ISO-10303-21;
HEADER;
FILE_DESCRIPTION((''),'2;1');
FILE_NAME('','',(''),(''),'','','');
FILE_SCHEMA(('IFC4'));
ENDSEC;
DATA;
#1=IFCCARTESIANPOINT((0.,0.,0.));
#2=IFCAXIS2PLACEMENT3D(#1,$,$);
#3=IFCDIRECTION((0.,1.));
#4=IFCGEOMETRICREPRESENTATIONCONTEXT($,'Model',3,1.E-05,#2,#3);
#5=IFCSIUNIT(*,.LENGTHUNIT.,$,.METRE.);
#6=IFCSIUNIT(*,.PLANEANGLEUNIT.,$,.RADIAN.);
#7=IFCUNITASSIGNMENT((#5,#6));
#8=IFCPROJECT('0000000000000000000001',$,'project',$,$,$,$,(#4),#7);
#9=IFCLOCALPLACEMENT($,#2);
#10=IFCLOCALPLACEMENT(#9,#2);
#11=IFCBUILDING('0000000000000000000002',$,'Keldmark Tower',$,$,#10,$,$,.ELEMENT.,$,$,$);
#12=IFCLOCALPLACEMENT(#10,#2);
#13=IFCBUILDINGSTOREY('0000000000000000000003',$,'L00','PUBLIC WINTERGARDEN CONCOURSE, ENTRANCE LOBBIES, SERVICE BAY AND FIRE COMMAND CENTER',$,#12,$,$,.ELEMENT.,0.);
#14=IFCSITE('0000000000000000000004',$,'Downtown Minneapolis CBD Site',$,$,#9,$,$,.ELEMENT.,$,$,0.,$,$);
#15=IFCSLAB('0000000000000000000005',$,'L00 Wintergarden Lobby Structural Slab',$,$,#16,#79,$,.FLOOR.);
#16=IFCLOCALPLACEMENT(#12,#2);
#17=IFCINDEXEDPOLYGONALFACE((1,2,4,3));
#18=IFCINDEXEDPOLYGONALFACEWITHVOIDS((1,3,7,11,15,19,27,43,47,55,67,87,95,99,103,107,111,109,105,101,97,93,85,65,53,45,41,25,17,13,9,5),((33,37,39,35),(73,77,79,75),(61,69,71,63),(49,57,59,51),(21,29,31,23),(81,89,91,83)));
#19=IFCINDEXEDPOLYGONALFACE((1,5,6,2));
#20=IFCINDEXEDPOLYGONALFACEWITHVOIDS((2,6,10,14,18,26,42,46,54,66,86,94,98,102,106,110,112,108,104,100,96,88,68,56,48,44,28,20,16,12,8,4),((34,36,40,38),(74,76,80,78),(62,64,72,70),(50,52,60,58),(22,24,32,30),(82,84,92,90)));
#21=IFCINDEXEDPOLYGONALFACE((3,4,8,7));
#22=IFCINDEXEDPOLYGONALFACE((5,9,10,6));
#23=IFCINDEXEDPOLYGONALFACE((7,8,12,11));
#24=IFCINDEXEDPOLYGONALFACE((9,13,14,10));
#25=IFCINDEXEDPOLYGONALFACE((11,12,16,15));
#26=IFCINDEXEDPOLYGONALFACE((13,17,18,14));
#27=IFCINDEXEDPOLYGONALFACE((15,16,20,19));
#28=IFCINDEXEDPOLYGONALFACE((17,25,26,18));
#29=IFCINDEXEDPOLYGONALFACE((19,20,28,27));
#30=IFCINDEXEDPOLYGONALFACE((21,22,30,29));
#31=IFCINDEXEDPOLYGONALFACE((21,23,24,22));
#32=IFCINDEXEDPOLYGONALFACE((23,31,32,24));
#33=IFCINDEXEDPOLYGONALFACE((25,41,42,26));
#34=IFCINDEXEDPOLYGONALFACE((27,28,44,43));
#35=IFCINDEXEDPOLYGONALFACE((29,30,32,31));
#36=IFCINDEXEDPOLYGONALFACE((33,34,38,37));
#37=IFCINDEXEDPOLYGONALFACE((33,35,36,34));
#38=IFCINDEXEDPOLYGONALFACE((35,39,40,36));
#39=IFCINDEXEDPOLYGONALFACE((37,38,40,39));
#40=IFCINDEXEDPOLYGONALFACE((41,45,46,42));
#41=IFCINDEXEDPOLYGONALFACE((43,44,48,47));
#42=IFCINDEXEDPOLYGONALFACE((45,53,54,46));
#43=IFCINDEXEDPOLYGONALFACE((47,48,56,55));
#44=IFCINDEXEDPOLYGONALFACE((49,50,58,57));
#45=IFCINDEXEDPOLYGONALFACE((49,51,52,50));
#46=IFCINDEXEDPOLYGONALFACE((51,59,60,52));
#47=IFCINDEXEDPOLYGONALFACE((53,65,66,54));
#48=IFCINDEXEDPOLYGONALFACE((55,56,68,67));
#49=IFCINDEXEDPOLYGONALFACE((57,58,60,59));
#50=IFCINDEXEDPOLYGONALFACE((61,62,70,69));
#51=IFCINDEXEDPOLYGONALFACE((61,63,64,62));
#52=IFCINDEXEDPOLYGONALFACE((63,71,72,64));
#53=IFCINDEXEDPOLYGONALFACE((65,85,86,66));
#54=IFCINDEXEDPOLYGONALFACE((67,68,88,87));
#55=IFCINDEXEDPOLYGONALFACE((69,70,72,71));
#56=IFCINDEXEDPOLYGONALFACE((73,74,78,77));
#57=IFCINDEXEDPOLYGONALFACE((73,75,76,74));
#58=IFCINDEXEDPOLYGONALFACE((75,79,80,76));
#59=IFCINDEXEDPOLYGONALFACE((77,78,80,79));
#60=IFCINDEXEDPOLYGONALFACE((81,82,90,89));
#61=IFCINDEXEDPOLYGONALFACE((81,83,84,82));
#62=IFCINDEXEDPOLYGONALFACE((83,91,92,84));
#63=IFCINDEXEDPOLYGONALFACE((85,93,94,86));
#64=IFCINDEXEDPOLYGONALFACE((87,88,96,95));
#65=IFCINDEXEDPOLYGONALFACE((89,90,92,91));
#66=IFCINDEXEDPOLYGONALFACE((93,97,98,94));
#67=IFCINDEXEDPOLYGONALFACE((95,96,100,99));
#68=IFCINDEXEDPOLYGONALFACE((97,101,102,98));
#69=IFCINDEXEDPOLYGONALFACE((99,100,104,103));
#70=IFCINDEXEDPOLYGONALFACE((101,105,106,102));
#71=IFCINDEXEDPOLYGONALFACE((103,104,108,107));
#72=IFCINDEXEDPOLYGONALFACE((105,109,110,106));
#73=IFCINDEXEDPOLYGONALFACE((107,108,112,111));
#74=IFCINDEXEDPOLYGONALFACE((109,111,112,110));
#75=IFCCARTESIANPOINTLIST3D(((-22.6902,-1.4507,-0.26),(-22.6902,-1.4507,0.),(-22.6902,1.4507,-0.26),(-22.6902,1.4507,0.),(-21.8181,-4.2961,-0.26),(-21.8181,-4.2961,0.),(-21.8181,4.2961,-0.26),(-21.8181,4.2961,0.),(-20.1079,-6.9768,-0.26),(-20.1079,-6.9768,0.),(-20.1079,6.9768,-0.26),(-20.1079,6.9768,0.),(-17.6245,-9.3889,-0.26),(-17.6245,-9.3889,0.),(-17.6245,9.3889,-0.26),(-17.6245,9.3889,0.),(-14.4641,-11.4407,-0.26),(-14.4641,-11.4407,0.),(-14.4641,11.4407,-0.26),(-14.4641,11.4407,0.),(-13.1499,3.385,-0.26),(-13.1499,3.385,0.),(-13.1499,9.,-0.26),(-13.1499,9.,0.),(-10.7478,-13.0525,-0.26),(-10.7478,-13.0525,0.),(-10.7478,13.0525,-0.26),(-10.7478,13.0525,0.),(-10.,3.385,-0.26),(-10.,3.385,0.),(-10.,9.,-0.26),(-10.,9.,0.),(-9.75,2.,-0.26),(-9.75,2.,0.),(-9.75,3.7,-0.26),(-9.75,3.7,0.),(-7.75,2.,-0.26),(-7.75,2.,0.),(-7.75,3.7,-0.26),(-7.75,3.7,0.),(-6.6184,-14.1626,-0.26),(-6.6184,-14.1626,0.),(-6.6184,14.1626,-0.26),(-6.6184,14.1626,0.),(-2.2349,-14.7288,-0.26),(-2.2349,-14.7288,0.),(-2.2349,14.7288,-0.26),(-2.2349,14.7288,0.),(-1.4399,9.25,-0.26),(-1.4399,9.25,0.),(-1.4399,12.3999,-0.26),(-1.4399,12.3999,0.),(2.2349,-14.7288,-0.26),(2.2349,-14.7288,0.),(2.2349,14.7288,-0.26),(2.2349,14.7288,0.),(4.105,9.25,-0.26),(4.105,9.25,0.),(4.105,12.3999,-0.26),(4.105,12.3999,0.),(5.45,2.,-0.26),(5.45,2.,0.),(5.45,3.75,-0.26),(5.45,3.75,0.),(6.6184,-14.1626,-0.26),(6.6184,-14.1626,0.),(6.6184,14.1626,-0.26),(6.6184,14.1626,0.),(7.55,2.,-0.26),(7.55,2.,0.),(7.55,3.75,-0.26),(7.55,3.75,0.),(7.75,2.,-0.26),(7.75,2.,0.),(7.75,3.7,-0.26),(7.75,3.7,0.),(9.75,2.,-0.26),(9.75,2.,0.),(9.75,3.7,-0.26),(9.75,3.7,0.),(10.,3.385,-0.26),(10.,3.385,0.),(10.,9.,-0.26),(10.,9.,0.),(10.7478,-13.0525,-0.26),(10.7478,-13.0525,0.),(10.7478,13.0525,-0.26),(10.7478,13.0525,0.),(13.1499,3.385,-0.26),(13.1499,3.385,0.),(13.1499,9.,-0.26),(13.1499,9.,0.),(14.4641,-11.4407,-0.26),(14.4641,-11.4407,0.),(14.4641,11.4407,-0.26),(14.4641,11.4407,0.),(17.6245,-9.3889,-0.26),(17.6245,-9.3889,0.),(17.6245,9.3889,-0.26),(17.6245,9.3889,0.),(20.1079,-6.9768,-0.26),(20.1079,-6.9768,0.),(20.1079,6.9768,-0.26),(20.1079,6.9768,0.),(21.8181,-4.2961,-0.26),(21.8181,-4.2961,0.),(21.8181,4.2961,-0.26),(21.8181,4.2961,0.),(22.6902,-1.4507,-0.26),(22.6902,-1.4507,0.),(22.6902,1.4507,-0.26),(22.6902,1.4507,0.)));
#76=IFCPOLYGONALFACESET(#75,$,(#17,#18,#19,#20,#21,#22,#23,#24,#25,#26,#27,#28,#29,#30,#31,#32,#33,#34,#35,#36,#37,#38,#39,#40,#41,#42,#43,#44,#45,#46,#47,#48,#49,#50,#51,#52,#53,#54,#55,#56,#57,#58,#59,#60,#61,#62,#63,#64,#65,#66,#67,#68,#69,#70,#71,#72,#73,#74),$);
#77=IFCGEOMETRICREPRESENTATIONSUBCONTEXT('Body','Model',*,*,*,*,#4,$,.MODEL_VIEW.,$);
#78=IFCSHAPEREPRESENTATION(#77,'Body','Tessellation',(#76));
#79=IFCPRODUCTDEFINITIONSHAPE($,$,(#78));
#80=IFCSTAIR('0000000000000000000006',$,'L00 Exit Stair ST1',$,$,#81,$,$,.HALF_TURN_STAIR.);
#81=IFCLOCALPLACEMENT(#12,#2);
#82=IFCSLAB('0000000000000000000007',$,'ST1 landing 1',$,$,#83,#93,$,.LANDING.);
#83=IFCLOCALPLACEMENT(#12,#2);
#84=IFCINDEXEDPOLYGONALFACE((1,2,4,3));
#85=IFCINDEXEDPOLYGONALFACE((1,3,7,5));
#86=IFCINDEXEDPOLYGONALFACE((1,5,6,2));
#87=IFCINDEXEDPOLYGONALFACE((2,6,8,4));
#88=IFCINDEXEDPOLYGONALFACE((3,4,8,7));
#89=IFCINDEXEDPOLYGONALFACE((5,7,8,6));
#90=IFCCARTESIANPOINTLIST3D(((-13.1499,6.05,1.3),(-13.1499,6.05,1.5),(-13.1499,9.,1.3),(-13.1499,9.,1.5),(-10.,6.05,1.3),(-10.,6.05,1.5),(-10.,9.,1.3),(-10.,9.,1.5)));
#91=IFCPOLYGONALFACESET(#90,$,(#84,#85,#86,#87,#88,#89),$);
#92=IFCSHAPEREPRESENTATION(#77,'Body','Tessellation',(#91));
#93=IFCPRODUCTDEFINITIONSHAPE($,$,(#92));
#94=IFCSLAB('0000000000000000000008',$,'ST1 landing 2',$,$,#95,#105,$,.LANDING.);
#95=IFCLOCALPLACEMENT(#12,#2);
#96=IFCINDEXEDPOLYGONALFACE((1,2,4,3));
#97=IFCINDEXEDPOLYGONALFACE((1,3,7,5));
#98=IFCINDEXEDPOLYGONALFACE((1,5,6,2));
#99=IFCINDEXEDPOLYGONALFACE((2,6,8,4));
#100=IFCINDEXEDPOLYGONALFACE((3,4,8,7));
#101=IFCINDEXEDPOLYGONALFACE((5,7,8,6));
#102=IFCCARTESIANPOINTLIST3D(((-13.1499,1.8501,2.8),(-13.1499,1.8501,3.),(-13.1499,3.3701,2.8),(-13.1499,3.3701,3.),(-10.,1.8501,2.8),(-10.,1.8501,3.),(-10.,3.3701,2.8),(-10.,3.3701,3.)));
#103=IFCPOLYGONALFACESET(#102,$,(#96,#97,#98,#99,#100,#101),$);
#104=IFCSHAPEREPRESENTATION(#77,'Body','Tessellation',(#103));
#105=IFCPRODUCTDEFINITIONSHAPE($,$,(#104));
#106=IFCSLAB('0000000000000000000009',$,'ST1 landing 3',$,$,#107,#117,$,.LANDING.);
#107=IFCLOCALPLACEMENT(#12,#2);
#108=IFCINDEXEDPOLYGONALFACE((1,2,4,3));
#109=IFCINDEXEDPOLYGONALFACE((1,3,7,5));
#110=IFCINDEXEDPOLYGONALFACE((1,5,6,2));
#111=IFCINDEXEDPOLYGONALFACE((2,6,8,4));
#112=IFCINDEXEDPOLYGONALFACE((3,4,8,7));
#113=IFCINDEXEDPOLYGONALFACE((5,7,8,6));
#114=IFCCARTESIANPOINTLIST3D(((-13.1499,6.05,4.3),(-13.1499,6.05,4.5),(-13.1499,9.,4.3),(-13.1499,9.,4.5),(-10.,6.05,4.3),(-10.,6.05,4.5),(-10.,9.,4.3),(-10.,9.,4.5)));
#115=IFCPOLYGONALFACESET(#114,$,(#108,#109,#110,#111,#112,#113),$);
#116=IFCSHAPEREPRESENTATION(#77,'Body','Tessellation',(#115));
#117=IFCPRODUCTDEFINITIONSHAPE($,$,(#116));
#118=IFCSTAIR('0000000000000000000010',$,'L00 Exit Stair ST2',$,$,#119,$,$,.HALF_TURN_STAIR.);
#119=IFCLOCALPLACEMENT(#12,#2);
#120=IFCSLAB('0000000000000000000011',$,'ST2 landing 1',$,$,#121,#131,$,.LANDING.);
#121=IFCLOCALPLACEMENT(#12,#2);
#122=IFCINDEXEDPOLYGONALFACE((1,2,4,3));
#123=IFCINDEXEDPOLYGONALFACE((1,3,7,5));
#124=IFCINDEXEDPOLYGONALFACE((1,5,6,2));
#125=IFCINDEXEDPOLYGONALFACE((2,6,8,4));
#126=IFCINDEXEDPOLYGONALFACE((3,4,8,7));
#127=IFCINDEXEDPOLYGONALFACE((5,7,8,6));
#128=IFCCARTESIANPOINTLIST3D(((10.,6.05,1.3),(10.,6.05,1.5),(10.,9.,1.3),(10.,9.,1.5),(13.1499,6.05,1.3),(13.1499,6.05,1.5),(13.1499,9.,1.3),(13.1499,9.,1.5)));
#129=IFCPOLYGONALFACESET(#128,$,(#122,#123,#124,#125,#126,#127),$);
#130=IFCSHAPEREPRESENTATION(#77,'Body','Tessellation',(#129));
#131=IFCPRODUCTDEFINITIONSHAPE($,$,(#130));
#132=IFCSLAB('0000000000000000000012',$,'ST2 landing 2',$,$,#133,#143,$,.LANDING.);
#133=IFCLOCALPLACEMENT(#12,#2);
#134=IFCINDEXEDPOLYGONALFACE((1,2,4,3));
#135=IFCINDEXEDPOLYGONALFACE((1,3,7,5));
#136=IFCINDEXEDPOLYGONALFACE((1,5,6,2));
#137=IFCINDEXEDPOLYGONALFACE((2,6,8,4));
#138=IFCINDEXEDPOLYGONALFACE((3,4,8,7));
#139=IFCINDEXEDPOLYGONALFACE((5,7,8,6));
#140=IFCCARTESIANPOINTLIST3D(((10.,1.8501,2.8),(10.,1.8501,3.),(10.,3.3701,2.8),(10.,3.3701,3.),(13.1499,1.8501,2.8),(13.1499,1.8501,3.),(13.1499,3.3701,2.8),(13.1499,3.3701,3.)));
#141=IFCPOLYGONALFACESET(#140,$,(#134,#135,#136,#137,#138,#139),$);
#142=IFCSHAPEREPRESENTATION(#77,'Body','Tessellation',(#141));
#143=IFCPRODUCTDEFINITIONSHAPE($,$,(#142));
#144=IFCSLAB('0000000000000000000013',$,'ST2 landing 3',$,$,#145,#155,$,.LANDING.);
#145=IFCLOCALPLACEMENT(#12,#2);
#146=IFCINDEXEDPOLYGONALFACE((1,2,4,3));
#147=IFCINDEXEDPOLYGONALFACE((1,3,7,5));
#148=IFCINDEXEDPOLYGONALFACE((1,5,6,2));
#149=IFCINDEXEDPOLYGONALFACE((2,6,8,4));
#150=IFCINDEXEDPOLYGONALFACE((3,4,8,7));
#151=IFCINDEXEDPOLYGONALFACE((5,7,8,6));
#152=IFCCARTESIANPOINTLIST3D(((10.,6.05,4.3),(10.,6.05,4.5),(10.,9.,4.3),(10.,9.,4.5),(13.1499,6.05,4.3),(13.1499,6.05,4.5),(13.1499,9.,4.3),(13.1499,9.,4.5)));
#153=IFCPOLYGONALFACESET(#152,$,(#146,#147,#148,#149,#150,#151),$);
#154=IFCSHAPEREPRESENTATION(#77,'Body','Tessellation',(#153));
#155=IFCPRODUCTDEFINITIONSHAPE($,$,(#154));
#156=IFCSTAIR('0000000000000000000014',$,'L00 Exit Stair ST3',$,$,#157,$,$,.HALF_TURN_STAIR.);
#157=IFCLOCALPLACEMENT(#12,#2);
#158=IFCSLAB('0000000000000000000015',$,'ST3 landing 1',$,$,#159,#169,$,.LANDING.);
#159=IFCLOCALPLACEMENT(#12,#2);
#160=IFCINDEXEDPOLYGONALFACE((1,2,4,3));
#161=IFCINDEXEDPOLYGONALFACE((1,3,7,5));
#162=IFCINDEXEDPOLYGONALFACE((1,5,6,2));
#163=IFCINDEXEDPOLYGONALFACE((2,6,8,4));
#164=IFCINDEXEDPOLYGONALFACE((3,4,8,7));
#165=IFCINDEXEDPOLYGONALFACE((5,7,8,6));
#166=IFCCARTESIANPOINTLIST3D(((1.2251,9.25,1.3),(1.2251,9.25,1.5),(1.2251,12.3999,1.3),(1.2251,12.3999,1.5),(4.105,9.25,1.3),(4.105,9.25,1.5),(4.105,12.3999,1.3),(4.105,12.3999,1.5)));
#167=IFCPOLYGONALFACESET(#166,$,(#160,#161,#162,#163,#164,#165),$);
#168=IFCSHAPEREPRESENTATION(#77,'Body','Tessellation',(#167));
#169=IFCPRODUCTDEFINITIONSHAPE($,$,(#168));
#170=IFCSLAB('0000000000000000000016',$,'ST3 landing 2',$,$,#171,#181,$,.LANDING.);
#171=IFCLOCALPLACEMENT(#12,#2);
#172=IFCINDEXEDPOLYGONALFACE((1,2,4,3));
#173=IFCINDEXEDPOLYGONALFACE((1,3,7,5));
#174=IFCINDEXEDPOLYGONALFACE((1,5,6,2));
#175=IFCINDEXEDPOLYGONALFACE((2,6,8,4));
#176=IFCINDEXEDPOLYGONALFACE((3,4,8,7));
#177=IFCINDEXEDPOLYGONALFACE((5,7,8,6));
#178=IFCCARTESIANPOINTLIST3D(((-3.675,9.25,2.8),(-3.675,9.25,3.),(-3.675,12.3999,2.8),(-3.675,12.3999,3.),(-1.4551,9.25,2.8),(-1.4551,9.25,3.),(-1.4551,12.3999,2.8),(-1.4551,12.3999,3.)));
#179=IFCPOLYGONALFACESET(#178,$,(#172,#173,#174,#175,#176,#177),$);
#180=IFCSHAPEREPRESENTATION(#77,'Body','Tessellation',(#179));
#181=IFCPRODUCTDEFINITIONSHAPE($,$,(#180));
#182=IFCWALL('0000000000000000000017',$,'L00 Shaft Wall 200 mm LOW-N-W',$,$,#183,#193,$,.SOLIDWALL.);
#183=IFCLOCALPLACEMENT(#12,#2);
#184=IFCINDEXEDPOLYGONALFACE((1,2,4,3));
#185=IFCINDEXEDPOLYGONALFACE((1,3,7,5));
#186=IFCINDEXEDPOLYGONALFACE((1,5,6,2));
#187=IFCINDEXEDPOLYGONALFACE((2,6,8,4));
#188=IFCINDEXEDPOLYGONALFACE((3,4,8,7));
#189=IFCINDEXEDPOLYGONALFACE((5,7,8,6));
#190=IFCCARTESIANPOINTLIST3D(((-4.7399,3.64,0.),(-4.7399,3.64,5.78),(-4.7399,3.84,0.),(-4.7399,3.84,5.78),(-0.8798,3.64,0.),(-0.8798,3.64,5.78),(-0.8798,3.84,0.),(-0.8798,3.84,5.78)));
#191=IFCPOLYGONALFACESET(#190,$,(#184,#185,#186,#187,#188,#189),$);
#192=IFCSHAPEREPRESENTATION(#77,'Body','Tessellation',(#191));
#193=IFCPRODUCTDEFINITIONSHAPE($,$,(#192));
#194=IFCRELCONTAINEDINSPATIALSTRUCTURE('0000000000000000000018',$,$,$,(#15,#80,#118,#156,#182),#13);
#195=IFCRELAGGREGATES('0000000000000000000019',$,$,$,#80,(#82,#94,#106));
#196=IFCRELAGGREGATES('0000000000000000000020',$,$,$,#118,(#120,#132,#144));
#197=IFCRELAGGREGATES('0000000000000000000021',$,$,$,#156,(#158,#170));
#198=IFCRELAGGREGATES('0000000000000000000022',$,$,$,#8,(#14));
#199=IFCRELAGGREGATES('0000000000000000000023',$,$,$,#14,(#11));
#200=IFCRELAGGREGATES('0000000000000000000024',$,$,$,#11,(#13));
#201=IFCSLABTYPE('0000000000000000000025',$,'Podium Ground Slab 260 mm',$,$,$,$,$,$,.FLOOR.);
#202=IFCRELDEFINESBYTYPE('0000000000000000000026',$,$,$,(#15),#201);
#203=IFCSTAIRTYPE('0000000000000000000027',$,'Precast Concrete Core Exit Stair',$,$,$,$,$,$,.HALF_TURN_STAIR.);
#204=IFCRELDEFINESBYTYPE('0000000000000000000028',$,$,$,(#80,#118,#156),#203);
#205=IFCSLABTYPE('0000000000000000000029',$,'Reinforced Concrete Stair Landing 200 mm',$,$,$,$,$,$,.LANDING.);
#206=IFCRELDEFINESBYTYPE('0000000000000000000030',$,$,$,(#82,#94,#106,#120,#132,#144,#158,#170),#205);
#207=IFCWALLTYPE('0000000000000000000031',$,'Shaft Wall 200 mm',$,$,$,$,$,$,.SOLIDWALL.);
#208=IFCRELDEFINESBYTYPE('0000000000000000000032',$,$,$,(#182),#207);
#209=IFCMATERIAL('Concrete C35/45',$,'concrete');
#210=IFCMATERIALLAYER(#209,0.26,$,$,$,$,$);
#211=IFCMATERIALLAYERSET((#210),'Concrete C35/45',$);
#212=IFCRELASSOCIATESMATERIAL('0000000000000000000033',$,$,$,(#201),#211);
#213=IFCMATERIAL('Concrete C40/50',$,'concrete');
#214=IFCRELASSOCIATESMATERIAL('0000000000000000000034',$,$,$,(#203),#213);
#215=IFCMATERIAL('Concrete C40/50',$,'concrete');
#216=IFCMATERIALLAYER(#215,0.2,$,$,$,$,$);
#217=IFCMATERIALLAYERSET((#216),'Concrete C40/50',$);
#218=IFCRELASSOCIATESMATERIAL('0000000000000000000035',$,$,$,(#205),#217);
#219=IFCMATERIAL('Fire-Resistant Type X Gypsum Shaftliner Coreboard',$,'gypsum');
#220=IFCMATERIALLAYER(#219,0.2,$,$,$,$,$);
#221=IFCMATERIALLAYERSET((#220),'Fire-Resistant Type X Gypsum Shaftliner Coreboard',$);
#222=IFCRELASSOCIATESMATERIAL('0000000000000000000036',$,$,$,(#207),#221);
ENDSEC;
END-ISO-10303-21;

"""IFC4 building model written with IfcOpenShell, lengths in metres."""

from ifc_helpers import new_model, si_unit, direction, frame, frame_2d, origin, place, context, subcontext, project, spatial, polyline, rectangle, outline, extrude, material, layer, layer_set, type_object, element, aggregate, save


model = new_model("IFC4")

# Units and contexts
model_context = context("Model", 3, precision=1e-05, world=origin(), true_north=direction((0.0, 1.0)))
body_context = subcontext(model_context, "Body", "Model", "MODEL_VIEW")
ifc_project = project(units=[si_unit("LENGTHUNIT", "METRE"), si_unit("PLANEANGLEUNIT", "RADIAN")], contexts=[model_context])

# Site, building, storey
site_placement = place(None, origin())
site = spatial("IfcSite", under=ifc_project, at=site_placement, Name="Downtown Minneapolis CBD Site", CompositionType="ELEMENT", RefElevation=0.0)
building_placement = place(site_placement, origin())
building = spatial("IfcBuilding", under=site, at=building_placement, Name="Keldmark Tower", CompositionType="ELEMENT")
storey_placement = place(building_placement, origin())
storey = spatial("IfcBuildingStorey", under=building, at=storey_placement, Name="L00", Description="PUBLIC WINTERGARDEN CONCOURSE, ENTRANCE LOBBIES, SERVICE BAY AND FIRE COMMAND CENTER", CompositionType="ELEMENT", Elevation=0.0)

# Slab
ifc_material_1 = material(Name="Concrete C35/45", Category="concrete")
ifc_layer_1 = layer(ifc_material_1, 0.26)
ifc_layer_set_1 = layer_set([ifc_layer_1], Name="Concrete C35/45")
slab_type_1 = type_object("IfcSlabType", Name="Podium Ground Slab 260 mm", PredefinedType="FLOOR", material=ifc_layer_set_1)
slab_1_placement = place(storey_placement, frame((0.0, 0.0, -0.26)))
element("IfcSlab", 1, at=slab_1_placement, inside=storey, type_object=slab_type_1, Name="L00 Wintergarden Lobby Structural Slab", PredefinedType="FLOOR", context=body_context, shape_type="SweptSolid", body=[
    extrude(outline(polyline([(22.6902, 1.4507), (21.8181, 4.2961), (20.1079, 6.9768), (17.6245, 9.3889), (14.4641, 11.4407), (10.7478, 13.0525), (6.6184, 14.1626), (2.2349, 14.7288), (-2.2349, 14.7288), (-6.6184, 14.1626), (-10.7478, 13.0525), (-14.4641, 11.4407), (-17.6245, 9.3889), (-20.1079, 6.9768), (-21.8181, 4.2961), (-22.6902, 1.4507), (-22.6902, -1.4507), (-21.8181, -4.2961), (-20.1079, -6.9768), (-17.6245, -9.3889), (-14.4641, -11.4407), (-10.7478, -13.0525), (-6.6184, -14.1626), (-2.2349, -14.7288), (2.2349, -14.7288), (6.6184, -14.1626), (10.7478, -13.0525), (14.4641, -11.4407), (17.6245, -9.3889), (20.1079, -6.9768), (21.8181, -4.2961), (22.6902, -1.4507), (22.6902, 1.4507)]), holes=[polyline([(-10.0, 3.385), (-10.0, 9.0), (-13.1499, 9.0), (-13.1499, 3.385), (-10.0, 3.385)]), polyline([(13.1499, 3.385), (13.1499, 9.0), (10.0, 9.0), (10.0, 3.385), (13.1499, 3.385)]), polyline([(-1.4399, 9.25), (4.105, 9.25), (4.105, 12.3999), (-1.4399, 12.3999), (-1.4399, 9.25)]), polyline([(-9.75, 2.0), (-7.75, 2.0), (-7.75, 3.7), (-9.75, 3.7), (-9.75, 2.0)]), polyline([(7.75, 2.0), (9.75, 2.0), (9.75, 3.7), (7.75, 3.7), (7.75, 2.0)]), polyline([(5.45, 2.0), (7.55, 2.0), (7.55, 3.75), (5.45, 3.75), (5.45, 2.0)])]), origin(), (0.0, 0.0, 1.0), 0.26),
])

# Stairs, slabs
ifc_material_2 = material(Name="Concrete C40/50", Category="concrete")
stair_type = type_object("IfcStairType", Name="Precast Concrete Core Exit Stair", PredefinedType="HALF_TURN_STAIR", material=ifc_material_2)
stair_1_placement = place(storey_placement, origin())
stair_1 = element("IfcStair", 2, at=stair_1_placement, inside=storey, type_object=stair_type, Name="L00 Exit Stair ST1", PredefinedType="HALF_TURN_STAIR")
ifc_material_3 = material(Name="Concrete C40/50", Category="concrete")
ifc_layer_2 = layer(ifc_material_3, 0.2)
ifc_layer_set_2 = layer_set([ifc_layer_2], Name="Concrete C40/50")
slab_type_2 = type_object("IfcSlabType", Name="Reinforced Concrete Stair Landing 200 mm", PredefinedType="LANDING", material=ifc_layer_set_2)
slab_2_placement = place(storey_placement, frame((0.0, 0.0, 1.3)))
slab_2 = element("IfcSlab", 3, at=slab_2_placement, type_object=slab_type_2, Name="ST1 landing 1", PredefinedType="LANDING", context=body_context, shape_type="SweptSolid", body=[
    extrude(outline(polyline([(-10.0, 6.05), (-10.0, 9.0), (-13.1499, 9.0), (-13.1499, 6.05), (-10.0, 6.05)])), origin(), (0.0, 0.0, 1.0), 0.2),
])
slab_3_placement = place(storey_placement, frame((0.0, 0.0, 2.8)))
slab_3 = element("IfcSlab", 4, at=slab_3_placement, type_object=slab_type_2, Name="ST1 landing 2", PredefinedType="LANDING", context=body_context, shape_type="SweptSolid", body=[
    extrude(outline(polyline([(-10.0, 1.8501), (-10.0, 3.3701), (-13.1499, 3.3701), (-13.1499, 1.8501), (-10.0, 1.8501)])), origin(), (0.0, 0.0, 1.0), 0.2),
])
slab_4_placement = place(storey_placement, frame((0.0, 0.0, 4.3)))
slab_4 = element("IfcSlab", 5, at=slab_4_placement, type_object=slab_type_2, Name="ST1 landing 3", PredefinedType="LANDING", context=body_context, shape_type="SweptSolid", body=[
    extrude(outline(polyline([(-10.0, 6.05), (-10.0, 9.0), (-13.1499, 9.0), (-13.1499, 6.05), (-10.0, 6.05)])), origin(), (0.0, 0.0, 1.0), 0.2),
])
aggregate(stair_1, [slab_2, slab_3, slab_4])
stair_2_placement = place(storey_placement, origin())
stair_2 = element("IfcStair", 6, at=stair_2_placement, inside=storey, type_object=stair_type, Name="L00 Exit Stair ST2", PredefinedType="HALF_TURN_STAIR")
slab_5_placement = place(storey_placement, frame((0.0, 0.0, 1.3)))
slab_5 = element("IfcSlab", 7, at=slab_5_placement, type_object=slab_type_2, Name="ST2 landing 1", PredefinedType="LANDING", context=body_context, shape_type="SweptSolid", body=[
    extrude(outline(polyline([(13.1499, 6.05), (13.1499, 9.0), (10.0, 9.0), (10.0, 6.05), (13.1499, 6.05)])), origin(), (0.0, 0.0, 1.0), 0.2),
])
slab_6_placement = place(storey_placement, frame((0.0, 0.0, 2.8)))
slab_6 = element("IfcSlab", 8, at=slab_6_placement, type_object=slab_type_2, Name="ST2 landing 2", PredefinedType="LANDING", context=body_context, shape_type="SweptSolid", body=[
    extrude(outline(polyline([(13.1499, 1.8501), (13.1499, 3.3701), (10.0, 3.3701), (10.0, 1.8501), (13.1499, 1.8501)])), origin(), (0.0, 0.0, 1.0), 0.2),
])
slab_7_placement = place(storey_placement, frame((0.0, 0.0, 4.3)))
slab_7 = element("IfcSlab", 9, at=slab_7_placement, type_object=slab_type_2, Name="ST2 landing 3", PredefinedType="LANDING", context=body_context, shape_type="SweptSolid", body=[
    extrude(outline(polyline([(13.1499, 6.05), (13.1499, 9.0), (10.0, 9.0), (10.0, 6.05), (13.1499, 6.05)])), origin(), (0.0, 0.0, 1.0), 0.2),
])
aggregate(stair_2, [slab_5, slab_6, slab_7])
stair_3_placement = place(storey_placement, origin())
stair_3 = element("IfcStair", 10, at=stair_3_placement, inside=storey, type_object=stair_type, Name="L00 Exit Stair ST3", PredefinedType="HALF_TURN_STAIR")
slab_8_placement = place(storey_placement, frame((0.0, 0.0, 1.3)))
slab_8 = element("IfcSlab", 11, at=slab_8_placement, type_object=slab_type_2, Name="ST3 landing 1", PredefinedType="LANDING", context=body_context, shape_type="SweptSolid", body=[
    extrude(outline(polyline([(1.2251, 9.25), (4.105, 9.25), (4.105, 12.3999), (1.2251, 12.3999), (1.2251, 9.25)])), origin(), (0.0, 0.0, 1.0), 0.2),
])
slab_9_placement = place(storey_placement, frame((0.0, 0.0, 2.8)))
slab_9 = element("IfcSlab", 12, at=slab_9_placement, type_object=slab_type_2, Name="ST3 landing 2", PredefinedType="LANDING", context=body_context, shape_type="SweptSolid", body=[
    extrude(outline(polyline([(-3.675, 9.25), (-1.4551, 9.25), (-1.4551, 12.3999), (-3.675, 12.3999), (-3.675, 9.25)])), origin(), (0.0, 0.0, 1.0), 0.2),
])
aggregate(stair_3, [slab_8, slab_9])

# Wall
ifc_material_4 = material(Name="Fire-Resistant Type X Gypsum Shaftliner Coreboard", Category="gypsum")
ifc_layer_3 = layer(ifc_material_4, 0.2)
ifc_layer_set_3 = layer_set([ifc_layer_3], Name="Fire-Resistant Type X Gypsum Shaftliner Coreboard")
wall_type = type_object("IfcWallType", Name="Shaft Wall 200 mm", PredefinedType="SOLIDWALL", material=ifc_layer_set_3)
wall_placement = place(storey_placement, frame((-4.74, 3.74, 0.0), z_axis=(0.0, 0.0, 1.0), x_axis=(1.0, 0.0, 0.0)))
element("IfcWall", 13, at=wall_placement, inside=storey, type_object=wall_type, Name="L00 Shaft Wall 200 mm LOW-N-W", PredefinedType="SOLIDWALL", context=body_context, shape_type="SweptSolid", body=[
    extrude(rectangle(XDim=3.8601, YDim=0.2, at=frame_2d((1.9302, 0.0))), origin(), (0.0, 0.0, 1.0), 5.78),
])

save(model, "model.ifc")
